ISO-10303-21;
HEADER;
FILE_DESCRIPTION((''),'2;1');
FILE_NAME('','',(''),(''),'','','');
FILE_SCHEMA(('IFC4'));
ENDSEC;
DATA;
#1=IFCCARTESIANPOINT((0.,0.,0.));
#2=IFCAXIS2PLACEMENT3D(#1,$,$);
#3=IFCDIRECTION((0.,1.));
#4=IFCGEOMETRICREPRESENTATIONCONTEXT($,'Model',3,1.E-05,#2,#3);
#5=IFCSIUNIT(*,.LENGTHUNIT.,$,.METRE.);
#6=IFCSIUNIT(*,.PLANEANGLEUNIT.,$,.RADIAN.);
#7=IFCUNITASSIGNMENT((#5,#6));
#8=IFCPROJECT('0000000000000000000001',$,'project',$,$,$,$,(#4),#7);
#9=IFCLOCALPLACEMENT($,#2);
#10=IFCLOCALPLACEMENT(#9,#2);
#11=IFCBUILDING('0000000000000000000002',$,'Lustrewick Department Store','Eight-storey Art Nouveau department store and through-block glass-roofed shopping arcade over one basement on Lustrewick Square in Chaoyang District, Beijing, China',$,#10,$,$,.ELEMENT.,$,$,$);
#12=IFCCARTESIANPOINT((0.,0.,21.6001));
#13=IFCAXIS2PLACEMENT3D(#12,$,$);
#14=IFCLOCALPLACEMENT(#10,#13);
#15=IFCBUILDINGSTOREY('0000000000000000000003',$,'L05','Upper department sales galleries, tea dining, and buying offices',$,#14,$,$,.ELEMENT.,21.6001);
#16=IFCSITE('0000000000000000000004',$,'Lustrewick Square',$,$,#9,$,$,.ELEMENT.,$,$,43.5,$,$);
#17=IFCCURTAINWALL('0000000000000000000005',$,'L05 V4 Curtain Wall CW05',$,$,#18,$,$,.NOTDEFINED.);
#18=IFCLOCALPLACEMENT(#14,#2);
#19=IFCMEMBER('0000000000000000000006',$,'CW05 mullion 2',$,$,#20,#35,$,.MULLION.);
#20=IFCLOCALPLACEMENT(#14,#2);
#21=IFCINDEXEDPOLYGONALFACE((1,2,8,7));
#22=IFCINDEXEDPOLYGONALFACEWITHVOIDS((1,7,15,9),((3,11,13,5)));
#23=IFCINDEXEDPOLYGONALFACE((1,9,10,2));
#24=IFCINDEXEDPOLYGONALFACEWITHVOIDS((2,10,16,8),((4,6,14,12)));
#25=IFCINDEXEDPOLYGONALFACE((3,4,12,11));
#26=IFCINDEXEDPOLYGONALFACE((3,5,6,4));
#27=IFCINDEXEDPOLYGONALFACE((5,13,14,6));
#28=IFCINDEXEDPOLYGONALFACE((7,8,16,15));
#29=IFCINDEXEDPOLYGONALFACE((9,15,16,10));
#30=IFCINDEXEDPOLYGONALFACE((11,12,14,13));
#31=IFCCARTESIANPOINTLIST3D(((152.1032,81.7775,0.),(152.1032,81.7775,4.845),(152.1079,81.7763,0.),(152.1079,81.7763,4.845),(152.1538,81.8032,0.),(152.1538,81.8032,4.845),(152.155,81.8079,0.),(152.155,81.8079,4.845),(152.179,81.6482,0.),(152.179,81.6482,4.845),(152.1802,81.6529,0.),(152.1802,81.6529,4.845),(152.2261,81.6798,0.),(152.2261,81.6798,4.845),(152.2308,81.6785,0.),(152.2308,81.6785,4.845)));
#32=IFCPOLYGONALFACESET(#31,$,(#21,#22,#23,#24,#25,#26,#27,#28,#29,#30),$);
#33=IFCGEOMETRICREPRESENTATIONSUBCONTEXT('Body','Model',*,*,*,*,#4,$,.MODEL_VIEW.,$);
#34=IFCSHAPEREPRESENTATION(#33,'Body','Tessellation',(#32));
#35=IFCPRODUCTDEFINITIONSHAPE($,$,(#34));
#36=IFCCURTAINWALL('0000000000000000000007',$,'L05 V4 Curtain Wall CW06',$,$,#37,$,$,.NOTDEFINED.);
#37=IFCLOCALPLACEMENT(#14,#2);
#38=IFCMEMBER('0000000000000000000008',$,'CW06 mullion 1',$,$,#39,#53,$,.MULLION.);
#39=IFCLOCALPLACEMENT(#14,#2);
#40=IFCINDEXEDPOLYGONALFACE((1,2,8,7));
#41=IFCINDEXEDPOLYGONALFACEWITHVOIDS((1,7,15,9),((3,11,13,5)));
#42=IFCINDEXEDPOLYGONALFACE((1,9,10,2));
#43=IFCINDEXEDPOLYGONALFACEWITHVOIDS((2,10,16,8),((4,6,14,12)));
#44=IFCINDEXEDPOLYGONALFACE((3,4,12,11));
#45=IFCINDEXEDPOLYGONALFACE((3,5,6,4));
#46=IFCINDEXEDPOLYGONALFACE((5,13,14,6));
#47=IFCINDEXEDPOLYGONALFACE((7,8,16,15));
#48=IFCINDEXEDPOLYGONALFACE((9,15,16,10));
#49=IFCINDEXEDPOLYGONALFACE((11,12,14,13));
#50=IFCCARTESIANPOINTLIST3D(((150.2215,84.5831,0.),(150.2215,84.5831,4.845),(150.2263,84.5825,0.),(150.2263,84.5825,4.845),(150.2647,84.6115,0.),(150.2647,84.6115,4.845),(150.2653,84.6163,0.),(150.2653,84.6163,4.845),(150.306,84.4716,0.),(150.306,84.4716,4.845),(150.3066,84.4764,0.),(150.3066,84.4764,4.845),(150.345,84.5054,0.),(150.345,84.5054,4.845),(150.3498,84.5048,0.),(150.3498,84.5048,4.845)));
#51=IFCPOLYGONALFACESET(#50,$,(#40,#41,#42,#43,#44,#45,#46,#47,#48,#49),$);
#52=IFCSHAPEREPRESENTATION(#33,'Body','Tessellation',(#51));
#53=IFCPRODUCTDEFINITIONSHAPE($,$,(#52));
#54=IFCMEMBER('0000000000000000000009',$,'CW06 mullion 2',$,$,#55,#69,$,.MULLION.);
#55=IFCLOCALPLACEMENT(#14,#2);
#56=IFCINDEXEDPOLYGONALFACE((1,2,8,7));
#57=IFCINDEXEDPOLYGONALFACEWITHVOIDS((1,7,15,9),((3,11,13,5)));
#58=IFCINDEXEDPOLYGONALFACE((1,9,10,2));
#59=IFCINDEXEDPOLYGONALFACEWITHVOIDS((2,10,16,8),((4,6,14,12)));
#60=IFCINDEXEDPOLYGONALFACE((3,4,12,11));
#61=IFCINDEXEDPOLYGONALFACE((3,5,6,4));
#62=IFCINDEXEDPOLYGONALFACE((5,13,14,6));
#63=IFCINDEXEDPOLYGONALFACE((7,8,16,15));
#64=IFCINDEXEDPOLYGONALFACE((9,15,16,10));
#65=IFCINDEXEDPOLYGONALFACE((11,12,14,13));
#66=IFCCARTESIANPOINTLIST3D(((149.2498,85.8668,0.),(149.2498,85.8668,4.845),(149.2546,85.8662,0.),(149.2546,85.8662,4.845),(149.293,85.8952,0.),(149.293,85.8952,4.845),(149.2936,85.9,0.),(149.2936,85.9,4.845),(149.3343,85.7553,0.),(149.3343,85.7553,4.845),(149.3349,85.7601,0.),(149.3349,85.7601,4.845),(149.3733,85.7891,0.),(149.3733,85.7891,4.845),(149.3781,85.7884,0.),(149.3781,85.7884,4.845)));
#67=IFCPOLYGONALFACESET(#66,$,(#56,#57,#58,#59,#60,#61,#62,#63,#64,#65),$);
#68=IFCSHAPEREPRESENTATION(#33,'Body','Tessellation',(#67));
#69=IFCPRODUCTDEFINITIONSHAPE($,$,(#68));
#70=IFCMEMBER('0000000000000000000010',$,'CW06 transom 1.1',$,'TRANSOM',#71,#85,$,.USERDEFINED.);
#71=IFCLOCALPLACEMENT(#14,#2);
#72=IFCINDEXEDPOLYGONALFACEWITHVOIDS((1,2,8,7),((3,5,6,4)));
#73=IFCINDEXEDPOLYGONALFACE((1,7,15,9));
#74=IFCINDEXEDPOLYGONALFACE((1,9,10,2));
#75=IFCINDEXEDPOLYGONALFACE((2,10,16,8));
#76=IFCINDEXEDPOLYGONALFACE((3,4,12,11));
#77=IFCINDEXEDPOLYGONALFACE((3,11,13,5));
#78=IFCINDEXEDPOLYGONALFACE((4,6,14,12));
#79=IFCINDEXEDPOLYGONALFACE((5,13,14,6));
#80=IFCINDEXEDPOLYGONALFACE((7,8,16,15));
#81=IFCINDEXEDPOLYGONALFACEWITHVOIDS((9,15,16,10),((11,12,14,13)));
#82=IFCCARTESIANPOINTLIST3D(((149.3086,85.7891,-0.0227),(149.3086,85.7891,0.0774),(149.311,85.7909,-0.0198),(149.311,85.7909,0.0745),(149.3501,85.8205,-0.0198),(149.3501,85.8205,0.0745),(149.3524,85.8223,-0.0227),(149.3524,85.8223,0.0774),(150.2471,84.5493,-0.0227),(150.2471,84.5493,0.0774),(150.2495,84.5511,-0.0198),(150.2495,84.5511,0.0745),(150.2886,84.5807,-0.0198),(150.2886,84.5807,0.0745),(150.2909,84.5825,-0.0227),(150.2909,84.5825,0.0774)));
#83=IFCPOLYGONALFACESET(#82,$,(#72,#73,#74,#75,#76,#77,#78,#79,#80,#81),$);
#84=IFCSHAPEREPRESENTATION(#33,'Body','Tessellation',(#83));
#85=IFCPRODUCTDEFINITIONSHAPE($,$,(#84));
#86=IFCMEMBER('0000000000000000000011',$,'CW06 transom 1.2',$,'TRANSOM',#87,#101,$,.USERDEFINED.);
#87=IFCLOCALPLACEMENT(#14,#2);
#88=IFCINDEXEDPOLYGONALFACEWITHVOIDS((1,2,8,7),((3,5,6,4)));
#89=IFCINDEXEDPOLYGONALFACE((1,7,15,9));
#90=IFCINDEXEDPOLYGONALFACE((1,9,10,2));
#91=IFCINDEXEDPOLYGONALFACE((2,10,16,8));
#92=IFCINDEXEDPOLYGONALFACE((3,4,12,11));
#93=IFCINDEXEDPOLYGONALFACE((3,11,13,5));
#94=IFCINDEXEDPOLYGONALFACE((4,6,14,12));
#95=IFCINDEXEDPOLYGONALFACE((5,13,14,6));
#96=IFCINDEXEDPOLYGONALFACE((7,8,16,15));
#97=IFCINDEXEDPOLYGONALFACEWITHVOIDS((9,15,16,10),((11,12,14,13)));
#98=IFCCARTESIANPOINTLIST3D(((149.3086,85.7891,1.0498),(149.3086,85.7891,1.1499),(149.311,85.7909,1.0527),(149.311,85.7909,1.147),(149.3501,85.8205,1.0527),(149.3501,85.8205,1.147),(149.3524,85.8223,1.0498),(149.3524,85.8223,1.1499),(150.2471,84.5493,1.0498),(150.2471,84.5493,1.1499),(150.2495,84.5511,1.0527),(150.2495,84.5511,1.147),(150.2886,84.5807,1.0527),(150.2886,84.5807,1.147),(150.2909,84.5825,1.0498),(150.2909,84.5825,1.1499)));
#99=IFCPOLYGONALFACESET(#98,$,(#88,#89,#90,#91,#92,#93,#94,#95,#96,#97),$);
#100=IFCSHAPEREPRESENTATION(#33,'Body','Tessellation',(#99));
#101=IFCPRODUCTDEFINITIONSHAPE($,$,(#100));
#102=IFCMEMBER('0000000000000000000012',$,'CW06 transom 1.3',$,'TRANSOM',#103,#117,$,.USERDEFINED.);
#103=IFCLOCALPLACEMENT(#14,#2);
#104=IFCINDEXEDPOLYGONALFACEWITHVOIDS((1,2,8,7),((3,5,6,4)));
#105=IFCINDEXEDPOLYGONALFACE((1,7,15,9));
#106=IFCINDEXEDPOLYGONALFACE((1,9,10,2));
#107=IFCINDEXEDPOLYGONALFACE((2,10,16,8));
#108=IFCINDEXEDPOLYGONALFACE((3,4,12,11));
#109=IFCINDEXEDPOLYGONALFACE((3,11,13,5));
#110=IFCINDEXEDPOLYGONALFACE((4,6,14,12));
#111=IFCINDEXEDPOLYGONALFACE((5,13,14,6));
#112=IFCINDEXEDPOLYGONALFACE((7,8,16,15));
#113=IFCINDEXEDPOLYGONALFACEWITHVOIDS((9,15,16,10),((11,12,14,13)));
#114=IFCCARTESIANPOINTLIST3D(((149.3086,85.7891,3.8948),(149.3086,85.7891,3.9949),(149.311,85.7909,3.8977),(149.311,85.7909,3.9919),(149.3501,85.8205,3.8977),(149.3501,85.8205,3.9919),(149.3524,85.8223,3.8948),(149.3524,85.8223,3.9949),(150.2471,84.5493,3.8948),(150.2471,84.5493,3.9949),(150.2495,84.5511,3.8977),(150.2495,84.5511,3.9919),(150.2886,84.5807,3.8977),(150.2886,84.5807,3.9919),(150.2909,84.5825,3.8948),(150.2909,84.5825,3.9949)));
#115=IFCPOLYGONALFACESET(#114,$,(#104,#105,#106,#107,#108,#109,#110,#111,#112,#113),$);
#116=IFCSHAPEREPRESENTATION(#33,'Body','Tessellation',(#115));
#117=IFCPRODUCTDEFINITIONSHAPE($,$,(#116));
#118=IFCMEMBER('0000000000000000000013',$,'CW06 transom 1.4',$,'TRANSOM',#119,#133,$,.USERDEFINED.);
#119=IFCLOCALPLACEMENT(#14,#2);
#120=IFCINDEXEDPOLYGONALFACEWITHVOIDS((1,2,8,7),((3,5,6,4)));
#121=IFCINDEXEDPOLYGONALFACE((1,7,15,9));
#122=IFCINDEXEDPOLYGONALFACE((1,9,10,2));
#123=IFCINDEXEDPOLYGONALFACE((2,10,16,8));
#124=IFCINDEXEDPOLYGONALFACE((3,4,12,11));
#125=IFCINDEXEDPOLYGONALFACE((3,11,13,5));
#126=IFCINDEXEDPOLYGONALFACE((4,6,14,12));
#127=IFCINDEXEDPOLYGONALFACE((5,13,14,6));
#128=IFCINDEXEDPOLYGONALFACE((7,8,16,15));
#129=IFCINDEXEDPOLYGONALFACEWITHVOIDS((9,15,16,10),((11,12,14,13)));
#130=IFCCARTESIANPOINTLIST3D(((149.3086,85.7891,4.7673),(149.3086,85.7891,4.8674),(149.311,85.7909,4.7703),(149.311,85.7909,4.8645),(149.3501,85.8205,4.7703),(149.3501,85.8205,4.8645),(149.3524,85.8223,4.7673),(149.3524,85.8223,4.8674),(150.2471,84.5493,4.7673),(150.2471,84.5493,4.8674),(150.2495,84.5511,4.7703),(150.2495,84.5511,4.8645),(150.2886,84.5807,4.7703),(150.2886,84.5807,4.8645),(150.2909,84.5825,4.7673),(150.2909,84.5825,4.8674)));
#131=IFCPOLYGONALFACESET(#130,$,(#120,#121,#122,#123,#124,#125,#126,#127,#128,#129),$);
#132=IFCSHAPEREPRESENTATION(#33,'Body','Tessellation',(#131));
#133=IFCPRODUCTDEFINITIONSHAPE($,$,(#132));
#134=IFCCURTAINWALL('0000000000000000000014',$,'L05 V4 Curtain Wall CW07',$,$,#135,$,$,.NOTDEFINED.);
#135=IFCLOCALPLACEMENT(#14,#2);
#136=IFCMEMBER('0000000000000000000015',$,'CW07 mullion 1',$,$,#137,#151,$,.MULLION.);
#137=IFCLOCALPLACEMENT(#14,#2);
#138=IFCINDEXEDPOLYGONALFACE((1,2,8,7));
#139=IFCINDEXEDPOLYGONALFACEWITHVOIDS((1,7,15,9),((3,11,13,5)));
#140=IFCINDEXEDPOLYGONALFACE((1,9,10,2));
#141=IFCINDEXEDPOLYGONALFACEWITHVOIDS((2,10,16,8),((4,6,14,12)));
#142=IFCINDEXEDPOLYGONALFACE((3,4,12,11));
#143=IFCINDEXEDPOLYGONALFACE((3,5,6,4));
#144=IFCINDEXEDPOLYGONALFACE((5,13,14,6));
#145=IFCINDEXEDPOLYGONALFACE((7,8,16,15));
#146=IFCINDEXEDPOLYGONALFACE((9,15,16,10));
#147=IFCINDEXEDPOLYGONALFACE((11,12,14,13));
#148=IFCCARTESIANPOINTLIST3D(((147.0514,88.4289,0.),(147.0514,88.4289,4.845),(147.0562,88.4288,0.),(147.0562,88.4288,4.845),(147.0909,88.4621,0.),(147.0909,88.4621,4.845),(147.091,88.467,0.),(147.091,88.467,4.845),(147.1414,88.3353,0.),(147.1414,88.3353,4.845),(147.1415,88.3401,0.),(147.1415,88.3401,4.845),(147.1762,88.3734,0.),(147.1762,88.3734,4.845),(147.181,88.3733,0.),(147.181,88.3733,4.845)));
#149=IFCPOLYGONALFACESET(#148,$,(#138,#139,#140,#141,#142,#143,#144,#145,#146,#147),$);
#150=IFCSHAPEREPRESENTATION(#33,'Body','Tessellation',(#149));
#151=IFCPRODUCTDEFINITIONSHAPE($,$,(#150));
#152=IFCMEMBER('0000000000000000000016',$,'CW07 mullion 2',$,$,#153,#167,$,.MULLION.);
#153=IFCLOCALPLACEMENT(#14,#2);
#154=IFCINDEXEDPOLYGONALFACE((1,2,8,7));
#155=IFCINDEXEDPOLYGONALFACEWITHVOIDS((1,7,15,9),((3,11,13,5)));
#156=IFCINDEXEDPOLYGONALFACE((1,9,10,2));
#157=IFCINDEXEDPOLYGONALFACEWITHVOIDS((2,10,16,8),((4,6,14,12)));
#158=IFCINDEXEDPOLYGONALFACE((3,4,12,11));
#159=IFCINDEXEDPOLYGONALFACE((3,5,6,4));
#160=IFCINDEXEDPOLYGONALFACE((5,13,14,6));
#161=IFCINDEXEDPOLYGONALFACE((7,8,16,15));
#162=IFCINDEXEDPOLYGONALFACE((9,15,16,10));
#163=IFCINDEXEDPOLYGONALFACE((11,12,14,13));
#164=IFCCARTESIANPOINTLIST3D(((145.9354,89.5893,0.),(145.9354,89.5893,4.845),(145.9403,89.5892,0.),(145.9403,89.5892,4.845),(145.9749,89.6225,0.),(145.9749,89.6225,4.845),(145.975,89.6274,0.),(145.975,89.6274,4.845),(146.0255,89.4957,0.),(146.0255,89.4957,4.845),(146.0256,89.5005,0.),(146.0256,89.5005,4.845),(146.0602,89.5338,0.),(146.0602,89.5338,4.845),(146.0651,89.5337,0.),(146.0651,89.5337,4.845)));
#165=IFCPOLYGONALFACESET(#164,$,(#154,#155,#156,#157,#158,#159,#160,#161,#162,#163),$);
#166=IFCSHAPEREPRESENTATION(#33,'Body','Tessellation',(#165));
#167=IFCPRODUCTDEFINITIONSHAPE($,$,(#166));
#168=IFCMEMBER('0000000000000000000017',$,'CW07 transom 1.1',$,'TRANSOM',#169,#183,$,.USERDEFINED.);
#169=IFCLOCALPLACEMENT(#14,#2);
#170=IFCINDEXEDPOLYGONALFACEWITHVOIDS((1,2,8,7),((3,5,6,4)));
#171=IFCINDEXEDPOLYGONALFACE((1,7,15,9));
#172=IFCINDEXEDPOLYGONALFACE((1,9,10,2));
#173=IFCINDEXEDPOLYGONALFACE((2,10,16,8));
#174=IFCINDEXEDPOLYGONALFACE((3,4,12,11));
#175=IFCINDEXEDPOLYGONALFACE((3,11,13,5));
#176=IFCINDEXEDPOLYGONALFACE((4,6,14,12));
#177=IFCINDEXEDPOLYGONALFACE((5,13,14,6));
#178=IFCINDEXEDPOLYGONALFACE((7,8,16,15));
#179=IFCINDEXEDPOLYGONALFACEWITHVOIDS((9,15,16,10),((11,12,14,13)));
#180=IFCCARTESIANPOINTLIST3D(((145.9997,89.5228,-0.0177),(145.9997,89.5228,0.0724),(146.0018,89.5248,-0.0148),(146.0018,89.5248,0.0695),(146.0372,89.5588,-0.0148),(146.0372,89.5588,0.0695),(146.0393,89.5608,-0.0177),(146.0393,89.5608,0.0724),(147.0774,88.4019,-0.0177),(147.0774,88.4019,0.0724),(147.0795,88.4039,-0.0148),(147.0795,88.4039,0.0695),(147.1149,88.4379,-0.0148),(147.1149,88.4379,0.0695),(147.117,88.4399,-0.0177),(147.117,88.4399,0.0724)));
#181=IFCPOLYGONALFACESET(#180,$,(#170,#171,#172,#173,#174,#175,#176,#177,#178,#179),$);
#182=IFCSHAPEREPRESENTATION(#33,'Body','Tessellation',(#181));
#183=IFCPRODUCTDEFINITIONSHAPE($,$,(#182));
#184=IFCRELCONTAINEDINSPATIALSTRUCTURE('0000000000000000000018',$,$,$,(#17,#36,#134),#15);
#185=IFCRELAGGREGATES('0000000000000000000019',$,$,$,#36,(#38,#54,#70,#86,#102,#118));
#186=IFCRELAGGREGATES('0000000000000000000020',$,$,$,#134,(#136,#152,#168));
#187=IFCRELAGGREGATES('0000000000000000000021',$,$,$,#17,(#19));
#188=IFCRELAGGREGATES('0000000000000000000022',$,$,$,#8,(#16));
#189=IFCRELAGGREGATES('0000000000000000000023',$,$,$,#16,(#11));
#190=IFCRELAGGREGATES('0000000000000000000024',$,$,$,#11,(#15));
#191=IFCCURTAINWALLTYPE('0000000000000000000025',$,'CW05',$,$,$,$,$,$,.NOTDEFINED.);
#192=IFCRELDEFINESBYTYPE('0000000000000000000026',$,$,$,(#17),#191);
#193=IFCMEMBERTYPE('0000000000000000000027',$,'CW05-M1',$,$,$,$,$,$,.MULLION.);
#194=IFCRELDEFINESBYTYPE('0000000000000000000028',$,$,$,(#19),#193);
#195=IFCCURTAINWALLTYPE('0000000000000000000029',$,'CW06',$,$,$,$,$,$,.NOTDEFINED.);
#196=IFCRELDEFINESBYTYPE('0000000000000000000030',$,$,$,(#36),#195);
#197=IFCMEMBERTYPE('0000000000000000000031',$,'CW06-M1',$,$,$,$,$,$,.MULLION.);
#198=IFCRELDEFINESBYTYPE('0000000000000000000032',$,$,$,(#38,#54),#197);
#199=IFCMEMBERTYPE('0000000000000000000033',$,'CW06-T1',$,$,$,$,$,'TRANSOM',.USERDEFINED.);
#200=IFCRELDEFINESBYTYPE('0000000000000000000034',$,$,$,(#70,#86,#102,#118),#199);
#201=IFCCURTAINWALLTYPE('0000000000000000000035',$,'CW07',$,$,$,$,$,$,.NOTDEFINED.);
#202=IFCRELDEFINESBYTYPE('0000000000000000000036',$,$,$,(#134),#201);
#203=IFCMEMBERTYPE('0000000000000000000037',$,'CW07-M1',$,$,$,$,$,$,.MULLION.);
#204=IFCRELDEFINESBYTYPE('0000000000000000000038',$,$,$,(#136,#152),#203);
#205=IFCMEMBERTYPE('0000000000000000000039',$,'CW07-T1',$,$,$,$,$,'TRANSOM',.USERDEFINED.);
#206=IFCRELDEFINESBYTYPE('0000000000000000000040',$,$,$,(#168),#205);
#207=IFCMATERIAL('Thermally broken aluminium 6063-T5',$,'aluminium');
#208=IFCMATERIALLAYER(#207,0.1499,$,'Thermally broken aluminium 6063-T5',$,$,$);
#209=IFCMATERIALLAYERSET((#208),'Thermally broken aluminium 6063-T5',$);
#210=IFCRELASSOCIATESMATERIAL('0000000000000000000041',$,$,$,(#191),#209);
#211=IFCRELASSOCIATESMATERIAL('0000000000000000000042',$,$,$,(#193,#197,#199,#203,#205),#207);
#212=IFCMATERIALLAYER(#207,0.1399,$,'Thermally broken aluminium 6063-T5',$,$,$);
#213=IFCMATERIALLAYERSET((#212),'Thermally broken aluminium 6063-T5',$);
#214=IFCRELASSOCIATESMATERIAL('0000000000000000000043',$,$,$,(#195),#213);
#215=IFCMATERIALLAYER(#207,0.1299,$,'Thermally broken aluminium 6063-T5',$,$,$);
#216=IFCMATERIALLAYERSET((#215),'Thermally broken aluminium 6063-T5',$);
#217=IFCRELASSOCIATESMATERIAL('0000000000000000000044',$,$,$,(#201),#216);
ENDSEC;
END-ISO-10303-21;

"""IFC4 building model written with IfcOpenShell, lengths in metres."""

from ifc_helpers import new_model, si_unit, direction, frame, origin, origin_2d, place, context, subcontext, project, spatial, hollow_rectangle, extrude, material, layer, layer_set, material_profile, profile_set, type_object, element, aggregate, save


model = new_model("IFC4")

# Units and contexts
model_context = context("Model", 3, precision=1e-05, world=origin(), true_north=direction((0.0, 1.0)))
body_context = subcontext(model_context, "Body", "Model", "MODEL_VIEW")
ifc_project = project(units=[si_unit("LENGTHUNIT", "METRE"), si_unit("PLANEANGLEUNIT", "RADIAN")], contexts=[model_context])

# Site, building, storey
site_placement = place(None, origin())
site = spatial("IfcSite", under=ifc_project, at=site_placement, Name="Lustrewick Square", CompositionType="ELEMENT", RefElevation=43.5)
building_placement = place(site_placement, origin())
building = spatial("IfcBuilding", under=site, at=building_placement, Name="Lustrewick Department Store", Description="Eight-storey Art Nouveau department store and through-block glass-roofed shopping arcade over one basement on Lustrewick Square in Chaoyang District, Beijing, China", CompositionType="ELEMENT")
storey_placement = place(building_placement, frame((0.0, 0.0, 21.6001)))
storey = spatial("IfcBuildingStorey", under=building, at=storey_placement, Name="L05", Description="Upper department sales galleries, tea dining, and buying offices", CompositionType="ELEMENT", Elevation=21.6001)

# Curtain wall, member
ifc_material_1 = material(Name="Thermally broken aluminium 6063-T5", Category="aluminium")
ifc_layer_1 = layer(ifc_material_1, 0.1499, Name="Thermally broken aluminium 6063-T5")
ifc_layer_set_1 = layer_set([ifc_layer_1], Name="Thermally broken aluminium 6063-T5")
curtain_wall_type_1 = type_object("IfcCurtainWallType", Name="CW05", PredefinedType="NOTDEFINED", material=ifc_layer_set_1)
curtain_wall_1_placement = place(storey_placement, origin())
curtain_wall_1 = element("IfcCurtainWall", 1, at=curtain_wall_1_placement, inside=storey, type_object=curtain_wall_type_1, Name="L05 V4 Curtain Wall CW05", PredefinedType="NOTDEFINED")
ifc_material_profile_1 = material_profile(ifc_material_1, hollow_rectangle(XDim=0.0601, YDim=0.1499, WallThickness=0.0034, at=origin_2d()), Name="ALU-M 60x150x3.5")
ifc_profile_set_1 = profile_set([ifc_material_profile_1], Name="Thermally broken aluminium 6063-T5")
member_type_1 = type_object("IfcMemberType", Name="CW05-M1", PredefinedType="MULLION", material=ifc_profile_set_1)
member_1_placement = place(storey_placement, frame((152.167, 81.728, 0.0), z_axis=(0.0, 0.0, 1.0), x_axis=(-0.862731, -0.505662, 0.0)))
member_1 = element("IfcMember", 2, at=member_1_placement, type_object=member_type_1, Name="CW05 mullion 2", PredefinedType="MULLION", context=body_context, shape_type="SweptSolid", body=[
    extrude(hollow_rectangle(XDim=0.0601, YDim=0.1499, WallThickness=0.0034, at=origin_2d()), origin(), (0.0, 0.0, 1.0), 4.845),
])

# Curtain walls, members
ifc_layer_2 = layer(ifc_material_1, 0.1399, Name="Thermally broken aluminium 6063-T5")
ifc_layer_set_2 = layer_set([ifc_layer_2], Name="Thermally broken aluminium 6063-T5")
curtain_wall_type_2 = type_object("IfcCurtainWallType", Name="CW06", PredefinedType="NOTDEFINED", material=ifc_layer_set_2)
curtain_wall_2_placement = place(storey_placement, origin())
curtain_wall_2 = element("IfcCurtainWall", 3, at=curtain_wall_2_placement, inside=storey, type_object=curtain_wall_type_2, Name="L05 V4 Curtain Wall CW06", PredefinedType="NOTDEFINED")
ifc_material_profile_2 = material_profile(ifc_material_1, hollow_rectangle(XDim=0.0549, YDim=0.1399, WallThickness=0.0034, at=origin_2d()), Name="ALU-M 55x140x3.5")
ifc_profile_set_2 = profile_set([ifc_material_profile_2], Name="Thermally broken aluminium 6063-T5")
member_type_2 = type_object("IfcMemberType", Name="CW06-M1", PredefinedType="MULLION", material=ifc_profile_set_2)
member_2_placement = place(storey_placement, frame((150.2856, 84.5439, 0.0), z_axis=(0.0, 0.0, 1.0), x_axis=(-0.797318, -0.603559, 0.0)))
member_2 = element("IfcMember", 4, at=member_2_placement, type_object=member_type_2, Name="CW06 mullion 1", PredefinedType="MULLION", context=body_context, shape_type="SweptSolid", body=[
    extrude(hollow_rectangle(XDim=0.0549, YDim=0.1399, WallThickness=0.0034, at=origin_2d()), origin(), (0.0, 0.0, 1.0), 4.845),
])
member_3_placement = place(storey_placement, frame((149.314, 85.8276, 0.0), z_axis=(0.0, 0.0, 1.0), x_axis=(-0.797318, -0.603559, 0.0)))
member_3 = element("IfcMember", 5, at=member_3_placement, type_object=member_type_2, Name="CW06 mullion 2", PredefinedType="MULLION", context=body_context, shape_type="SweptSolid", body=[
    extrude(hollow_rectangle(XDim=0.0549, YDim=0.1399, WallThickness=0.0034, at=origin_2d()), origin(), (0.0, 0.0, 1.0), 4.845),
])
ifc_material_profile_3 = material_profile(ifc_material_1, hollow_rectangle(XDim=0.0549, YDim=0.1001, WallThickness=0.0029, at=origin_2d()), Name="ALU-T 55x100x3")
ifc_profile_set_3 = profile_set([ifc_material_profile_3], Name="Thermally broken aluminium 6063-T5")
member_type_3 = type_object("IfcMemberType", Name="CW06-T1", ElementType="TRANSOM", PredefinedType="USERDEFINED", material=ifc_profile_set_3)
member_4_placement = place(storey_placement, frame((150.269, 84.5659, 0.0273), z_axis=(-0.603561, 0.797317, 0.0), x_axis=(-0.797317, -0.603561, 0.0)))
member_4 = element("IfcMember", 6, at=member_4_placement, type_object=member_type_3, Name="CW06 transom 1.1", ObjectType="TRANSOM", PredefinedType="USERDEFINED", context=body_context, shape_type="SweptSolid", body=[
    extrude(hollow_rectangle(XDim=0.0549, YDim=0.1001, WallThickness=0.0029, at=origin_2d()), origin(), (0.0, 0.0, 1.0), 1.5549),
])
member_5_placement = place(storey_placement, frame((150.269, 84.5659, 1.0999), z_axis=(-0.603561, 0.797317, 0.0), x_axis=(-0.797317, -0.603561, 0.0)))
member_5 = element("IfcMember", 7, at=member_5_placement, type_object=member_type_3, Name="CW06 transom 1.2", ObjectType="TRANSOM", PredefinedType="USERDEFINED", context=body_context, shape_type="SweptSolid", body=[
    extrude(hollow_rectangle(XDim=0.0549, YDim=0.1001, WallThickness=0.0029, at=origin_2d()), origin(), (0.0, 0.0, 1.0), 1.5549),
])
member_6_placement = place(storey_placement, frame((150.269, 84.5659, 3.9448), z_axis=(-0.603561, 0.797317, 0.0), x_axis=(-0.797317, -0.603561, 0.0)))
member_6 = element("IfcMember", 8, at=member_6_placement, type_object=member_type_3, Name="CW06 transom 1.3", ObjectType="TRANSOM", PredefinedType="USERDEFINED", context=body_context, shape_type="SweptSolid", body=[
    extrude(hollow_rectangle(XDim=0.0549, YDim=0.1001, WallThickness=0.0029, at=origin_2d()), origin(), (0.0, 0.0, 1.0), 1.5549),
])
member_7_placement = place(storey_placement, frame((150.269, 84.5659, 4.8174), z_axis=(-0.603561, 0.797317, 0.0), x_axis=(-0.797317, -0.603561, 0.0)))
member_7 = element("IfcMember", 9, at=member_7_placement, type_object=member_type_3, Name="CW06 transom 1.4", ObjectType="TRANSOM", PredefinedType="USERDEFINED", context=body_context, shape_type="SweptSolid", body=[
    extrude(hollow_rectangle(XDim=0.0549, YDim=0.1001, WallThickness=0.0029, at=origin_2d()), origin(), (0.0, 0.0, 1.0), 1.5549),
])
ifc_layer_3 = layer(ifc_material_1, 0.1299, Name="Thermally broken aluminium 6063-T5")
ifc_layer_set_3 = layer_set([ifc_layer_3], Name="Thermally broken aluminium 6063-T5")
curtain_wall_type_3 = type_object("IfcCurtainWallType", Name="CW07", PredefinedType="NOTDEFINED", material=ifc_layer_set_3)
curtain_wall_3_placement = place(storey_placement, origin())
curtain_wall_3 = element("IfcCurtainWall", 10, at=curtain_wall_3_placement, inside=storey, type_object=curtain_wall_type_3, Name="L05 V4 Curtain Wall CW07", PredefinedType="NOTDEFINED")
ifc_material_profile_4 = material_profile(ifc_material_1, hollow_rectangle(XDim=0.0549, YDim=0.1299, WallThickness=0.0034, at=origin_2d()), Name="ALU-M 55x130x3.5")
ifc_profile_set_4 = profile_set([ifc_material_profile_4], Name="Thermally broken aluminium 6063-T5")
member_type_4 = type_object("IfcMemberType", Name="CW07-M1", PredefinedType="MULLION", material=ifc_profile_set_4)
member_8_placement = place(storey_placement, frame((147.1162, 88.4011, 0.0), z_axis=(0.0, 0.0, 1.0), x_axis=(-0.720816, -0.693127, 0.0)))
member_8 = element("IfcMember", 11, at=member_8_placement, type_object=member_type_4, Name="CW07 mullion 1", PredefinedType="MULLION", context=body_context, shape_type="SweptSolid", body=[
    extrude(hollow_rectangle(XDim=0.0549, YDim=0.1299, WallThickness=0.0034, at=origin_2d()), origin(), (0.0, 0.0, 1.0), 4.845),
])
member_9_placement = place(storey_placement, frame((146.0002, 89.5615, 0.0), z_axis=(0.0, 0.0, 1.0), x_axis=(-0.720816, -0.693127, 0.0)))
member_9 = element("IfcMember", 12, at=member_9_placement, type_object=member_type_4, Name="CW07 mullion 2", PredefinedType="MULLION", context=body_context, shape_type="SweptSolid", body=[
    extrude(hollow_rectangle(XDim=0.0549, YDim=0.1299, WallThickness=0.0034, at=origin_2d()), origin(), (0.0, 0.0, 1.0), 4.845),
])
ifc_material_profile_5 = material_profile(ifc_material_1, hollow_rectangle(XDim=0.0549, YDim=0.0901, WallThickness=0.0029, at=origin_2d()), Name="ALU-T 55x90x3")
ifc_profile_set_5 = profile_set([ifc_material_profile_5], Name="Thermally broken aluminium 6063-T5")
member_type_5 = type_object("IfcMemberType", Name="CW07-T1", ElementType="TRANSOM", PredefinedType="USERDEFINED", material=ifc_profile_set_5)
member_10_placement = place(storey_placement, frame((147.0972, 88.4209, 0.0273), z_axis=(-0.693074, 0.720866, 0.0), x_axis=(-0.720866, -0.693074, 0.0)))
member_10 = element("IfcMember", 13, at=member_10_placement, type_object=member_type_5, Name="CW07 transom 1.1", ObjectType="TRANSOM", PredefinedType="USERDEFINED", context=body_context, shape_type="SweptSolid", body=[
    extrude(hollow_rectangle(XDim=0.0549, YDim=0.0901, WallThickness=0.0029, at=origin_2d()), origin(), (0.0, 0.0, 1.0), 1.5549),
])

aggregate(curtain_wall_2, [member_2, member_3, member_4, member_5, member_6, member_7])
aggregate(curtain_wall_3, [member_8, member_9, member_10])
aggregate(curtain_wall_1, [member_1])

save(model, "model.ifc")
